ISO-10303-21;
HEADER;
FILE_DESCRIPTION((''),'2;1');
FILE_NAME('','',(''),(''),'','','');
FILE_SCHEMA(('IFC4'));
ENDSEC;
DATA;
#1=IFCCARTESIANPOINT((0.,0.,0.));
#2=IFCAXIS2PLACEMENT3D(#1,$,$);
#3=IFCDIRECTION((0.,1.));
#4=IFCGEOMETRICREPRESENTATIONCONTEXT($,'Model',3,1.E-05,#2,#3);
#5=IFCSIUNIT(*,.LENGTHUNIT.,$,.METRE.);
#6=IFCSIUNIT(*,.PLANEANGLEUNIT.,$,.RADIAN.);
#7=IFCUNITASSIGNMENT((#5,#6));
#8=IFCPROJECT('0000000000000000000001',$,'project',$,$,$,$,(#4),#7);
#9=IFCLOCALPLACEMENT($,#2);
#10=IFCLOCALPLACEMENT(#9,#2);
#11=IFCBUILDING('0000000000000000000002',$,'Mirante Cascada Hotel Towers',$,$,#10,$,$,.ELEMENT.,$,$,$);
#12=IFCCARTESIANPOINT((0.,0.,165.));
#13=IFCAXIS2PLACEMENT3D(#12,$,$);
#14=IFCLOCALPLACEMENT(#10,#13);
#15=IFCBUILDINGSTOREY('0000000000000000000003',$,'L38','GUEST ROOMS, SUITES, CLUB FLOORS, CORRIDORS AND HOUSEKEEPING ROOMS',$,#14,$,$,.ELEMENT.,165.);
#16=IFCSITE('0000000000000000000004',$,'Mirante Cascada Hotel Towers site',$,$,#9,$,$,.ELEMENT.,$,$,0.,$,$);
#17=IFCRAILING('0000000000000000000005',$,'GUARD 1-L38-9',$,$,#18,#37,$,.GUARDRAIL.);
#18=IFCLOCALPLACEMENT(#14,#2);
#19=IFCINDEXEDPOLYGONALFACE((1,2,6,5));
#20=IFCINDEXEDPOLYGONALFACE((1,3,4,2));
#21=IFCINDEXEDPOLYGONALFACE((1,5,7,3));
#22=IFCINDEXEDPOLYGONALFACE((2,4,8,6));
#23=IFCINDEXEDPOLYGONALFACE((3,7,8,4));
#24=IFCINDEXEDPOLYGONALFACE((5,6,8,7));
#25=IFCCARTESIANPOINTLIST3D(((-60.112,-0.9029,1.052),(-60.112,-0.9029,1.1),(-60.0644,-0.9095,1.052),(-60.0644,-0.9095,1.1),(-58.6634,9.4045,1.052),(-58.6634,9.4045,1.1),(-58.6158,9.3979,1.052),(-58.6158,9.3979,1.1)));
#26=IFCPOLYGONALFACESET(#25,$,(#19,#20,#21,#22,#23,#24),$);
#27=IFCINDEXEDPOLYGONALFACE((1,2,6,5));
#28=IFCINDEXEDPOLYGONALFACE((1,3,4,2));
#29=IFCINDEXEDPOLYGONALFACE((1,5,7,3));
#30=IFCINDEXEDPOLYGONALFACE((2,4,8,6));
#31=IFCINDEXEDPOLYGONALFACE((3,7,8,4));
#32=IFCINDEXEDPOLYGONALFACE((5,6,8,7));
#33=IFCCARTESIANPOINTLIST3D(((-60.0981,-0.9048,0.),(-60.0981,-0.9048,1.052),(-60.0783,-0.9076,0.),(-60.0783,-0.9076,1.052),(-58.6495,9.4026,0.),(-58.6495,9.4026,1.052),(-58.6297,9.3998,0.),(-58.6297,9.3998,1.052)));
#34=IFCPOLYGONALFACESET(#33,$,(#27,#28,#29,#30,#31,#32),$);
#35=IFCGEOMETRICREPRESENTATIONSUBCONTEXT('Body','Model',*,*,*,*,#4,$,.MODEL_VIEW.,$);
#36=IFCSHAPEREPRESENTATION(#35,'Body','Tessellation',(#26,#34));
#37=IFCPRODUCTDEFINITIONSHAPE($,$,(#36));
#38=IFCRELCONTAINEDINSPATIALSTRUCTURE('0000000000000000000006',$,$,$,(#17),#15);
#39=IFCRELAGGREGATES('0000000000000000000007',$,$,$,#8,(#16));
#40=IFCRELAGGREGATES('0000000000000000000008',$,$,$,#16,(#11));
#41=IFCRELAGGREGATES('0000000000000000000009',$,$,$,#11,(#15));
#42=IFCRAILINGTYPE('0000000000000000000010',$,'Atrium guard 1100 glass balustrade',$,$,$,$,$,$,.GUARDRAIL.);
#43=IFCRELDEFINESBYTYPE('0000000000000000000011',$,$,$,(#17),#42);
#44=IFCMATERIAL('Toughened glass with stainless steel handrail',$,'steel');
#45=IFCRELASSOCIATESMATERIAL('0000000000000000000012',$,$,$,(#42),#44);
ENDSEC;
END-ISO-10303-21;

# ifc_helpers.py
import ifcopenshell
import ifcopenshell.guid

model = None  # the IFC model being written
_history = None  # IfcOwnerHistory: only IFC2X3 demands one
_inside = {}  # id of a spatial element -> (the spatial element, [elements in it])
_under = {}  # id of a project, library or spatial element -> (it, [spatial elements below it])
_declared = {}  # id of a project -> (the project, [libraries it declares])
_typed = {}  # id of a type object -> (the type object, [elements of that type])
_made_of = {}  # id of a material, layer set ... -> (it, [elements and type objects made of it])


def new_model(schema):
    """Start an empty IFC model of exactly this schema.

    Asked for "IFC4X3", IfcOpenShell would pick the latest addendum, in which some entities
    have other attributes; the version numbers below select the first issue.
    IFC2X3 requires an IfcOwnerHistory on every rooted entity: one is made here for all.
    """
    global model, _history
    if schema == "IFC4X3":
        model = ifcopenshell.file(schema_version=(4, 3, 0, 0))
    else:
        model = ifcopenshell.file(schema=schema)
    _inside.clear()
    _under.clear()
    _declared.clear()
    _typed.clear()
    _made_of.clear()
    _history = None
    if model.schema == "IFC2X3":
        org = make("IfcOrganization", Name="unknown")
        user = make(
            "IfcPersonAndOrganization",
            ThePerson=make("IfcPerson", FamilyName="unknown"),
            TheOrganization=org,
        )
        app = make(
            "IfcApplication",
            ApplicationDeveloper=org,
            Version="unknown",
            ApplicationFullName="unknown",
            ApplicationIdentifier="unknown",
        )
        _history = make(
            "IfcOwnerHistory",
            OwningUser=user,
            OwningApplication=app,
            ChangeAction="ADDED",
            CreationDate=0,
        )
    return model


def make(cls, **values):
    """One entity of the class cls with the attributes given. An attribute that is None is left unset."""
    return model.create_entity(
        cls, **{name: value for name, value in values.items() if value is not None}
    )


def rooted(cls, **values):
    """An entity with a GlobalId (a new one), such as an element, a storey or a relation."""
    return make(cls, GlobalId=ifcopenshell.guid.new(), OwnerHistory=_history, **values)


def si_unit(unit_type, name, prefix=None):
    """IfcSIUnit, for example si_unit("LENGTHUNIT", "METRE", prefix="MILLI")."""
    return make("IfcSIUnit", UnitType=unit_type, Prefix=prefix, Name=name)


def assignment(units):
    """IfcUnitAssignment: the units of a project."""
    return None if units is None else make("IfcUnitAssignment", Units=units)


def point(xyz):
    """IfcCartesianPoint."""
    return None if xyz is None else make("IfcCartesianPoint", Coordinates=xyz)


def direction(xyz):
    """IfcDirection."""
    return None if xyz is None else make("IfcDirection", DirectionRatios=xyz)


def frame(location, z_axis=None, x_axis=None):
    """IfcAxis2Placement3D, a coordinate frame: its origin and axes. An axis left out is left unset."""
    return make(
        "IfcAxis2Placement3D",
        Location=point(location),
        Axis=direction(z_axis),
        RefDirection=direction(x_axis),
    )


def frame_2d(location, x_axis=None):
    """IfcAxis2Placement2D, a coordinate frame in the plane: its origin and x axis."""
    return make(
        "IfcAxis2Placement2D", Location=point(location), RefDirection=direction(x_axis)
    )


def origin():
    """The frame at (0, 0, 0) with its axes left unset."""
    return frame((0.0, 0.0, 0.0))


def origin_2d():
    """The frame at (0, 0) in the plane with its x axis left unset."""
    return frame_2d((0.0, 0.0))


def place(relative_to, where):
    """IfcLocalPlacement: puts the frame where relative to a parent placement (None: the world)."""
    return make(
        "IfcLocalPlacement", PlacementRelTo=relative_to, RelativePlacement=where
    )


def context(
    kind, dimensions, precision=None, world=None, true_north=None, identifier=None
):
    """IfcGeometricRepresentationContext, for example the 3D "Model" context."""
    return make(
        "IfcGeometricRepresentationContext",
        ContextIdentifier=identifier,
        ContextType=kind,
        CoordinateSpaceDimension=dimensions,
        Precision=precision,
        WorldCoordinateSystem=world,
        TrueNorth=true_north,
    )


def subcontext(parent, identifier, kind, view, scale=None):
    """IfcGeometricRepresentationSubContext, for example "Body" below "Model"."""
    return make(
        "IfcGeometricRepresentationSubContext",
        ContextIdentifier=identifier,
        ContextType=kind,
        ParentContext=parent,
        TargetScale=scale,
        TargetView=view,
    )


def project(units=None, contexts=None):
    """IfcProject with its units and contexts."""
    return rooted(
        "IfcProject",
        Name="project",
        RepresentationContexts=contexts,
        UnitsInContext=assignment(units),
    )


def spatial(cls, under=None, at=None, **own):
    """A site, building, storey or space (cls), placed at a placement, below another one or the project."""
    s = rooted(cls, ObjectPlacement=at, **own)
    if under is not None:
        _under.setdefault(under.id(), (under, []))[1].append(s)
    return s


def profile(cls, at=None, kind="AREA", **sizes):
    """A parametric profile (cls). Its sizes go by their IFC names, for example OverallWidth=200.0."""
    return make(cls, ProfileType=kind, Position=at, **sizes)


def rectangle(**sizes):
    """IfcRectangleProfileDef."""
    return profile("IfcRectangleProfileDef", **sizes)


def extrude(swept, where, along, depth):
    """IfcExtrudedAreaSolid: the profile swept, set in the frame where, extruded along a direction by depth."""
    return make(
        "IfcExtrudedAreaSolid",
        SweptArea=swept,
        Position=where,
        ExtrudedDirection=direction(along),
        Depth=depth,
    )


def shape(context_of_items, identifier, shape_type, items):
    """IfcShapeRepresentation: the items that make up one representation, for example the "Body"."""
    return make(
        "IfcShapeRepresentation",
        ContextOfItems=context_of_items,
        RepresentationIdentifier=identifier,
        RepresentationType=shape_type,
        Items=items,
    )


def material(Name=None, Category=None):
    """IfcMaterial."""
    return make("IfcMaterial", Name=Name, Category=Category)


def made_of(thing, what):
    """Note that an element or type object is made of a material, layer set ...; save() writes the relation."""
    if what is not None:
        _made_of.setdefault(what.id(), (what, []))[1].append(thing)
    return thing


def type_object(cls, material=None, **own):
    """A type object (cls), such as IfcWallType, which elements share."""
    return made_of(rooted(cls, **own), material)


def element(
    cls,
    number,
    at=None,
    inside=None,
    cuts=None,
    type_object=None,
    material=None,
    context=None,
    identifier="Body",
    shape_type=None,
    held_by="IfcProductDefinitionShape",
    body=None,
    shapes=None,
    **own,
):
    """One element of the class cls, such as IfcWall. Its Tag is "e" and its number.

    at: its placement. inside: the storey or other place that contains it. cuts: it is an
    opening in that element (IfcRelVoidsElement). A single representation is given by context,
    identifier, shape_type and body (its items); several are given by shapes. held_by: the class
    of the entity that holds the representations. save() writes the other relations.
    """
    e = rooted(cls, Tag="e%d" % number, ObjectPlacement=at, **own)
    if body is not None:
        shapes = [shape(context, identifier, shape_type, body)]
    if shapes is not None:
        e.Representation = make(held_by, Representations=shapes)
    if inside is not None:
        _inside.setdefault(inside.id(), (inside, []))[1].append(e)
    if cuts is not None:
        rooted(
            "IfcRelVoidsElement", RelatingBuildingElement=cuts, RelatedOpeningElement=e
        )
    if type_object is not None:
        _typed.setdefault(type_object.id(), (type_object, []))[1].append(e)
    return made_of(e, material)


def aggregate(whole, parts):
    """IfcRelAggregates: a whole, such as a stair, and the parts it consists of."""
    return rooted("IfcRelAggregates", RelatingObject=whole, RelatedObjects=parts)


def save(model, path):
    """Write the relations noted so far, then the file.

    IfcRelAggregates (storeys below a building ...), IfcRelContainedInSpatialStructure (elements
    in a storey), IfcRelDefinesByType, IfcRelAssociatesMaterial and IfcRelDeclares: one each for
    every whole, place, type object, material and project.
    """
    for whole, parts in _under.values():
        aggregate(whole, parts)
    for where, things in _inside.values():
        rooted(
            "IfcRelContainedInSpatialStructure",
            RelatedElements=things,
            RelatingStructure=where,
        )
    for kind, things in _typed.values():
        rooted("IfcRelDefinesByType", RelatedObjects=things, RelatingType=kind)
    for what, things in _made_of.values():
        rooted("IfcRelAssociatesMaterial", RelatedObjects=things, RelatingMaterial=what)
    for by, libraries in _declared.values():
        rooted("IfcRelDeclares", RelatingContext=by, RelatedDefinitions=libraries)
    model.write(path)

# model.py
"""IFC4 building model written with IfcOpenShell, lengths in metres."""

from ifc_helpers import new_model, si_unit, direction, frame, origin, origin_2d, place, context, subcontext, project, spatial, rectangle, extrude, material, type_object, element, save


model = new_model("IFC4")

# Units and contexts
model_context = context("Model", 3, precision=1e-05, world=origin(), true_north=direction((0.0, 1.0)))
body_context = subcontext(model_context, "Body", "Model", "MODEL_VIEW")
ifc_project = project(units=[si_unit("LENGTHUNIT", "METRE"), si_unit("PLANEANGLEUNIT", "RADIAN")], contexts=[model_context])

# Site, building, storey
site_placement = place(None, origin())
site = spatial("IfcSite", under=ifc_project, at=site_placement, Name="Mirante Cascada Hotel Towers site", CompositionType="ELEMENT", RefElevation=0.0)
building_placement = place(site_placement, origin())
building = spatial("IfcBuilding", under=site, at=building_placement, Name="Mirante Cascada Hotel Towers", CompositionType="ELEMENT")
storey_placement = place(building_placement, frame((0.0, 0.0, 165.0)))
storey = spatial("IfcBuildingStorey", under=building, at=storey_placement, Name="L38", Description="GUEST ROOMS, SUITES, CLUB FLOORS, CORRIDORS AND HOUSEKEEPING ROOMS", CompositionType="ELEMENT", Elevation=165.0)

# Railing
ifc_material_1 = material(Name="Toughened glass with stainless steel handrail", Category="steel")
railing_type = type_object("IfcRailingType", Name="Atrium guard 1100 glass balustrade", PredefinedType="GUARDRAIL", material=ifc_material_1)
railing_1_placement = place(storey_placement, frame((-58.6396, 9.4012, 0.0)))
element("IfcRailing", 1, at=railing_1_placement, inside=storey, type_object=railing_type, Name="GUARD 1-L38-9", PredefinedType="GUARDRAIL", context=body_context, shape_type="SweptSolid", body=[
    extrude(rectangle(XDim=0.048, YDim=0.048, at=origin_2d()), frame((0.0, 0.0, 1.076), z_axis=(-0.139172, -0.990268, 0.0), x_axis=(0.990268, -0.139172, 0.0)), (0.0, 0.0, 1.0), 10.4087),
    extrude(rectangle(XDim=0.02, YDim=1.052, at=origin_2d()), frame((0.0, 0.0, 0.526), z_axis=(-0.139172, -0.990268, 0.0), x_axis=(0.990268, -0.139172, 0.0)), (0.0, 0.0, 1.0), 10.4087),
])

save(model, "model.ifc")
